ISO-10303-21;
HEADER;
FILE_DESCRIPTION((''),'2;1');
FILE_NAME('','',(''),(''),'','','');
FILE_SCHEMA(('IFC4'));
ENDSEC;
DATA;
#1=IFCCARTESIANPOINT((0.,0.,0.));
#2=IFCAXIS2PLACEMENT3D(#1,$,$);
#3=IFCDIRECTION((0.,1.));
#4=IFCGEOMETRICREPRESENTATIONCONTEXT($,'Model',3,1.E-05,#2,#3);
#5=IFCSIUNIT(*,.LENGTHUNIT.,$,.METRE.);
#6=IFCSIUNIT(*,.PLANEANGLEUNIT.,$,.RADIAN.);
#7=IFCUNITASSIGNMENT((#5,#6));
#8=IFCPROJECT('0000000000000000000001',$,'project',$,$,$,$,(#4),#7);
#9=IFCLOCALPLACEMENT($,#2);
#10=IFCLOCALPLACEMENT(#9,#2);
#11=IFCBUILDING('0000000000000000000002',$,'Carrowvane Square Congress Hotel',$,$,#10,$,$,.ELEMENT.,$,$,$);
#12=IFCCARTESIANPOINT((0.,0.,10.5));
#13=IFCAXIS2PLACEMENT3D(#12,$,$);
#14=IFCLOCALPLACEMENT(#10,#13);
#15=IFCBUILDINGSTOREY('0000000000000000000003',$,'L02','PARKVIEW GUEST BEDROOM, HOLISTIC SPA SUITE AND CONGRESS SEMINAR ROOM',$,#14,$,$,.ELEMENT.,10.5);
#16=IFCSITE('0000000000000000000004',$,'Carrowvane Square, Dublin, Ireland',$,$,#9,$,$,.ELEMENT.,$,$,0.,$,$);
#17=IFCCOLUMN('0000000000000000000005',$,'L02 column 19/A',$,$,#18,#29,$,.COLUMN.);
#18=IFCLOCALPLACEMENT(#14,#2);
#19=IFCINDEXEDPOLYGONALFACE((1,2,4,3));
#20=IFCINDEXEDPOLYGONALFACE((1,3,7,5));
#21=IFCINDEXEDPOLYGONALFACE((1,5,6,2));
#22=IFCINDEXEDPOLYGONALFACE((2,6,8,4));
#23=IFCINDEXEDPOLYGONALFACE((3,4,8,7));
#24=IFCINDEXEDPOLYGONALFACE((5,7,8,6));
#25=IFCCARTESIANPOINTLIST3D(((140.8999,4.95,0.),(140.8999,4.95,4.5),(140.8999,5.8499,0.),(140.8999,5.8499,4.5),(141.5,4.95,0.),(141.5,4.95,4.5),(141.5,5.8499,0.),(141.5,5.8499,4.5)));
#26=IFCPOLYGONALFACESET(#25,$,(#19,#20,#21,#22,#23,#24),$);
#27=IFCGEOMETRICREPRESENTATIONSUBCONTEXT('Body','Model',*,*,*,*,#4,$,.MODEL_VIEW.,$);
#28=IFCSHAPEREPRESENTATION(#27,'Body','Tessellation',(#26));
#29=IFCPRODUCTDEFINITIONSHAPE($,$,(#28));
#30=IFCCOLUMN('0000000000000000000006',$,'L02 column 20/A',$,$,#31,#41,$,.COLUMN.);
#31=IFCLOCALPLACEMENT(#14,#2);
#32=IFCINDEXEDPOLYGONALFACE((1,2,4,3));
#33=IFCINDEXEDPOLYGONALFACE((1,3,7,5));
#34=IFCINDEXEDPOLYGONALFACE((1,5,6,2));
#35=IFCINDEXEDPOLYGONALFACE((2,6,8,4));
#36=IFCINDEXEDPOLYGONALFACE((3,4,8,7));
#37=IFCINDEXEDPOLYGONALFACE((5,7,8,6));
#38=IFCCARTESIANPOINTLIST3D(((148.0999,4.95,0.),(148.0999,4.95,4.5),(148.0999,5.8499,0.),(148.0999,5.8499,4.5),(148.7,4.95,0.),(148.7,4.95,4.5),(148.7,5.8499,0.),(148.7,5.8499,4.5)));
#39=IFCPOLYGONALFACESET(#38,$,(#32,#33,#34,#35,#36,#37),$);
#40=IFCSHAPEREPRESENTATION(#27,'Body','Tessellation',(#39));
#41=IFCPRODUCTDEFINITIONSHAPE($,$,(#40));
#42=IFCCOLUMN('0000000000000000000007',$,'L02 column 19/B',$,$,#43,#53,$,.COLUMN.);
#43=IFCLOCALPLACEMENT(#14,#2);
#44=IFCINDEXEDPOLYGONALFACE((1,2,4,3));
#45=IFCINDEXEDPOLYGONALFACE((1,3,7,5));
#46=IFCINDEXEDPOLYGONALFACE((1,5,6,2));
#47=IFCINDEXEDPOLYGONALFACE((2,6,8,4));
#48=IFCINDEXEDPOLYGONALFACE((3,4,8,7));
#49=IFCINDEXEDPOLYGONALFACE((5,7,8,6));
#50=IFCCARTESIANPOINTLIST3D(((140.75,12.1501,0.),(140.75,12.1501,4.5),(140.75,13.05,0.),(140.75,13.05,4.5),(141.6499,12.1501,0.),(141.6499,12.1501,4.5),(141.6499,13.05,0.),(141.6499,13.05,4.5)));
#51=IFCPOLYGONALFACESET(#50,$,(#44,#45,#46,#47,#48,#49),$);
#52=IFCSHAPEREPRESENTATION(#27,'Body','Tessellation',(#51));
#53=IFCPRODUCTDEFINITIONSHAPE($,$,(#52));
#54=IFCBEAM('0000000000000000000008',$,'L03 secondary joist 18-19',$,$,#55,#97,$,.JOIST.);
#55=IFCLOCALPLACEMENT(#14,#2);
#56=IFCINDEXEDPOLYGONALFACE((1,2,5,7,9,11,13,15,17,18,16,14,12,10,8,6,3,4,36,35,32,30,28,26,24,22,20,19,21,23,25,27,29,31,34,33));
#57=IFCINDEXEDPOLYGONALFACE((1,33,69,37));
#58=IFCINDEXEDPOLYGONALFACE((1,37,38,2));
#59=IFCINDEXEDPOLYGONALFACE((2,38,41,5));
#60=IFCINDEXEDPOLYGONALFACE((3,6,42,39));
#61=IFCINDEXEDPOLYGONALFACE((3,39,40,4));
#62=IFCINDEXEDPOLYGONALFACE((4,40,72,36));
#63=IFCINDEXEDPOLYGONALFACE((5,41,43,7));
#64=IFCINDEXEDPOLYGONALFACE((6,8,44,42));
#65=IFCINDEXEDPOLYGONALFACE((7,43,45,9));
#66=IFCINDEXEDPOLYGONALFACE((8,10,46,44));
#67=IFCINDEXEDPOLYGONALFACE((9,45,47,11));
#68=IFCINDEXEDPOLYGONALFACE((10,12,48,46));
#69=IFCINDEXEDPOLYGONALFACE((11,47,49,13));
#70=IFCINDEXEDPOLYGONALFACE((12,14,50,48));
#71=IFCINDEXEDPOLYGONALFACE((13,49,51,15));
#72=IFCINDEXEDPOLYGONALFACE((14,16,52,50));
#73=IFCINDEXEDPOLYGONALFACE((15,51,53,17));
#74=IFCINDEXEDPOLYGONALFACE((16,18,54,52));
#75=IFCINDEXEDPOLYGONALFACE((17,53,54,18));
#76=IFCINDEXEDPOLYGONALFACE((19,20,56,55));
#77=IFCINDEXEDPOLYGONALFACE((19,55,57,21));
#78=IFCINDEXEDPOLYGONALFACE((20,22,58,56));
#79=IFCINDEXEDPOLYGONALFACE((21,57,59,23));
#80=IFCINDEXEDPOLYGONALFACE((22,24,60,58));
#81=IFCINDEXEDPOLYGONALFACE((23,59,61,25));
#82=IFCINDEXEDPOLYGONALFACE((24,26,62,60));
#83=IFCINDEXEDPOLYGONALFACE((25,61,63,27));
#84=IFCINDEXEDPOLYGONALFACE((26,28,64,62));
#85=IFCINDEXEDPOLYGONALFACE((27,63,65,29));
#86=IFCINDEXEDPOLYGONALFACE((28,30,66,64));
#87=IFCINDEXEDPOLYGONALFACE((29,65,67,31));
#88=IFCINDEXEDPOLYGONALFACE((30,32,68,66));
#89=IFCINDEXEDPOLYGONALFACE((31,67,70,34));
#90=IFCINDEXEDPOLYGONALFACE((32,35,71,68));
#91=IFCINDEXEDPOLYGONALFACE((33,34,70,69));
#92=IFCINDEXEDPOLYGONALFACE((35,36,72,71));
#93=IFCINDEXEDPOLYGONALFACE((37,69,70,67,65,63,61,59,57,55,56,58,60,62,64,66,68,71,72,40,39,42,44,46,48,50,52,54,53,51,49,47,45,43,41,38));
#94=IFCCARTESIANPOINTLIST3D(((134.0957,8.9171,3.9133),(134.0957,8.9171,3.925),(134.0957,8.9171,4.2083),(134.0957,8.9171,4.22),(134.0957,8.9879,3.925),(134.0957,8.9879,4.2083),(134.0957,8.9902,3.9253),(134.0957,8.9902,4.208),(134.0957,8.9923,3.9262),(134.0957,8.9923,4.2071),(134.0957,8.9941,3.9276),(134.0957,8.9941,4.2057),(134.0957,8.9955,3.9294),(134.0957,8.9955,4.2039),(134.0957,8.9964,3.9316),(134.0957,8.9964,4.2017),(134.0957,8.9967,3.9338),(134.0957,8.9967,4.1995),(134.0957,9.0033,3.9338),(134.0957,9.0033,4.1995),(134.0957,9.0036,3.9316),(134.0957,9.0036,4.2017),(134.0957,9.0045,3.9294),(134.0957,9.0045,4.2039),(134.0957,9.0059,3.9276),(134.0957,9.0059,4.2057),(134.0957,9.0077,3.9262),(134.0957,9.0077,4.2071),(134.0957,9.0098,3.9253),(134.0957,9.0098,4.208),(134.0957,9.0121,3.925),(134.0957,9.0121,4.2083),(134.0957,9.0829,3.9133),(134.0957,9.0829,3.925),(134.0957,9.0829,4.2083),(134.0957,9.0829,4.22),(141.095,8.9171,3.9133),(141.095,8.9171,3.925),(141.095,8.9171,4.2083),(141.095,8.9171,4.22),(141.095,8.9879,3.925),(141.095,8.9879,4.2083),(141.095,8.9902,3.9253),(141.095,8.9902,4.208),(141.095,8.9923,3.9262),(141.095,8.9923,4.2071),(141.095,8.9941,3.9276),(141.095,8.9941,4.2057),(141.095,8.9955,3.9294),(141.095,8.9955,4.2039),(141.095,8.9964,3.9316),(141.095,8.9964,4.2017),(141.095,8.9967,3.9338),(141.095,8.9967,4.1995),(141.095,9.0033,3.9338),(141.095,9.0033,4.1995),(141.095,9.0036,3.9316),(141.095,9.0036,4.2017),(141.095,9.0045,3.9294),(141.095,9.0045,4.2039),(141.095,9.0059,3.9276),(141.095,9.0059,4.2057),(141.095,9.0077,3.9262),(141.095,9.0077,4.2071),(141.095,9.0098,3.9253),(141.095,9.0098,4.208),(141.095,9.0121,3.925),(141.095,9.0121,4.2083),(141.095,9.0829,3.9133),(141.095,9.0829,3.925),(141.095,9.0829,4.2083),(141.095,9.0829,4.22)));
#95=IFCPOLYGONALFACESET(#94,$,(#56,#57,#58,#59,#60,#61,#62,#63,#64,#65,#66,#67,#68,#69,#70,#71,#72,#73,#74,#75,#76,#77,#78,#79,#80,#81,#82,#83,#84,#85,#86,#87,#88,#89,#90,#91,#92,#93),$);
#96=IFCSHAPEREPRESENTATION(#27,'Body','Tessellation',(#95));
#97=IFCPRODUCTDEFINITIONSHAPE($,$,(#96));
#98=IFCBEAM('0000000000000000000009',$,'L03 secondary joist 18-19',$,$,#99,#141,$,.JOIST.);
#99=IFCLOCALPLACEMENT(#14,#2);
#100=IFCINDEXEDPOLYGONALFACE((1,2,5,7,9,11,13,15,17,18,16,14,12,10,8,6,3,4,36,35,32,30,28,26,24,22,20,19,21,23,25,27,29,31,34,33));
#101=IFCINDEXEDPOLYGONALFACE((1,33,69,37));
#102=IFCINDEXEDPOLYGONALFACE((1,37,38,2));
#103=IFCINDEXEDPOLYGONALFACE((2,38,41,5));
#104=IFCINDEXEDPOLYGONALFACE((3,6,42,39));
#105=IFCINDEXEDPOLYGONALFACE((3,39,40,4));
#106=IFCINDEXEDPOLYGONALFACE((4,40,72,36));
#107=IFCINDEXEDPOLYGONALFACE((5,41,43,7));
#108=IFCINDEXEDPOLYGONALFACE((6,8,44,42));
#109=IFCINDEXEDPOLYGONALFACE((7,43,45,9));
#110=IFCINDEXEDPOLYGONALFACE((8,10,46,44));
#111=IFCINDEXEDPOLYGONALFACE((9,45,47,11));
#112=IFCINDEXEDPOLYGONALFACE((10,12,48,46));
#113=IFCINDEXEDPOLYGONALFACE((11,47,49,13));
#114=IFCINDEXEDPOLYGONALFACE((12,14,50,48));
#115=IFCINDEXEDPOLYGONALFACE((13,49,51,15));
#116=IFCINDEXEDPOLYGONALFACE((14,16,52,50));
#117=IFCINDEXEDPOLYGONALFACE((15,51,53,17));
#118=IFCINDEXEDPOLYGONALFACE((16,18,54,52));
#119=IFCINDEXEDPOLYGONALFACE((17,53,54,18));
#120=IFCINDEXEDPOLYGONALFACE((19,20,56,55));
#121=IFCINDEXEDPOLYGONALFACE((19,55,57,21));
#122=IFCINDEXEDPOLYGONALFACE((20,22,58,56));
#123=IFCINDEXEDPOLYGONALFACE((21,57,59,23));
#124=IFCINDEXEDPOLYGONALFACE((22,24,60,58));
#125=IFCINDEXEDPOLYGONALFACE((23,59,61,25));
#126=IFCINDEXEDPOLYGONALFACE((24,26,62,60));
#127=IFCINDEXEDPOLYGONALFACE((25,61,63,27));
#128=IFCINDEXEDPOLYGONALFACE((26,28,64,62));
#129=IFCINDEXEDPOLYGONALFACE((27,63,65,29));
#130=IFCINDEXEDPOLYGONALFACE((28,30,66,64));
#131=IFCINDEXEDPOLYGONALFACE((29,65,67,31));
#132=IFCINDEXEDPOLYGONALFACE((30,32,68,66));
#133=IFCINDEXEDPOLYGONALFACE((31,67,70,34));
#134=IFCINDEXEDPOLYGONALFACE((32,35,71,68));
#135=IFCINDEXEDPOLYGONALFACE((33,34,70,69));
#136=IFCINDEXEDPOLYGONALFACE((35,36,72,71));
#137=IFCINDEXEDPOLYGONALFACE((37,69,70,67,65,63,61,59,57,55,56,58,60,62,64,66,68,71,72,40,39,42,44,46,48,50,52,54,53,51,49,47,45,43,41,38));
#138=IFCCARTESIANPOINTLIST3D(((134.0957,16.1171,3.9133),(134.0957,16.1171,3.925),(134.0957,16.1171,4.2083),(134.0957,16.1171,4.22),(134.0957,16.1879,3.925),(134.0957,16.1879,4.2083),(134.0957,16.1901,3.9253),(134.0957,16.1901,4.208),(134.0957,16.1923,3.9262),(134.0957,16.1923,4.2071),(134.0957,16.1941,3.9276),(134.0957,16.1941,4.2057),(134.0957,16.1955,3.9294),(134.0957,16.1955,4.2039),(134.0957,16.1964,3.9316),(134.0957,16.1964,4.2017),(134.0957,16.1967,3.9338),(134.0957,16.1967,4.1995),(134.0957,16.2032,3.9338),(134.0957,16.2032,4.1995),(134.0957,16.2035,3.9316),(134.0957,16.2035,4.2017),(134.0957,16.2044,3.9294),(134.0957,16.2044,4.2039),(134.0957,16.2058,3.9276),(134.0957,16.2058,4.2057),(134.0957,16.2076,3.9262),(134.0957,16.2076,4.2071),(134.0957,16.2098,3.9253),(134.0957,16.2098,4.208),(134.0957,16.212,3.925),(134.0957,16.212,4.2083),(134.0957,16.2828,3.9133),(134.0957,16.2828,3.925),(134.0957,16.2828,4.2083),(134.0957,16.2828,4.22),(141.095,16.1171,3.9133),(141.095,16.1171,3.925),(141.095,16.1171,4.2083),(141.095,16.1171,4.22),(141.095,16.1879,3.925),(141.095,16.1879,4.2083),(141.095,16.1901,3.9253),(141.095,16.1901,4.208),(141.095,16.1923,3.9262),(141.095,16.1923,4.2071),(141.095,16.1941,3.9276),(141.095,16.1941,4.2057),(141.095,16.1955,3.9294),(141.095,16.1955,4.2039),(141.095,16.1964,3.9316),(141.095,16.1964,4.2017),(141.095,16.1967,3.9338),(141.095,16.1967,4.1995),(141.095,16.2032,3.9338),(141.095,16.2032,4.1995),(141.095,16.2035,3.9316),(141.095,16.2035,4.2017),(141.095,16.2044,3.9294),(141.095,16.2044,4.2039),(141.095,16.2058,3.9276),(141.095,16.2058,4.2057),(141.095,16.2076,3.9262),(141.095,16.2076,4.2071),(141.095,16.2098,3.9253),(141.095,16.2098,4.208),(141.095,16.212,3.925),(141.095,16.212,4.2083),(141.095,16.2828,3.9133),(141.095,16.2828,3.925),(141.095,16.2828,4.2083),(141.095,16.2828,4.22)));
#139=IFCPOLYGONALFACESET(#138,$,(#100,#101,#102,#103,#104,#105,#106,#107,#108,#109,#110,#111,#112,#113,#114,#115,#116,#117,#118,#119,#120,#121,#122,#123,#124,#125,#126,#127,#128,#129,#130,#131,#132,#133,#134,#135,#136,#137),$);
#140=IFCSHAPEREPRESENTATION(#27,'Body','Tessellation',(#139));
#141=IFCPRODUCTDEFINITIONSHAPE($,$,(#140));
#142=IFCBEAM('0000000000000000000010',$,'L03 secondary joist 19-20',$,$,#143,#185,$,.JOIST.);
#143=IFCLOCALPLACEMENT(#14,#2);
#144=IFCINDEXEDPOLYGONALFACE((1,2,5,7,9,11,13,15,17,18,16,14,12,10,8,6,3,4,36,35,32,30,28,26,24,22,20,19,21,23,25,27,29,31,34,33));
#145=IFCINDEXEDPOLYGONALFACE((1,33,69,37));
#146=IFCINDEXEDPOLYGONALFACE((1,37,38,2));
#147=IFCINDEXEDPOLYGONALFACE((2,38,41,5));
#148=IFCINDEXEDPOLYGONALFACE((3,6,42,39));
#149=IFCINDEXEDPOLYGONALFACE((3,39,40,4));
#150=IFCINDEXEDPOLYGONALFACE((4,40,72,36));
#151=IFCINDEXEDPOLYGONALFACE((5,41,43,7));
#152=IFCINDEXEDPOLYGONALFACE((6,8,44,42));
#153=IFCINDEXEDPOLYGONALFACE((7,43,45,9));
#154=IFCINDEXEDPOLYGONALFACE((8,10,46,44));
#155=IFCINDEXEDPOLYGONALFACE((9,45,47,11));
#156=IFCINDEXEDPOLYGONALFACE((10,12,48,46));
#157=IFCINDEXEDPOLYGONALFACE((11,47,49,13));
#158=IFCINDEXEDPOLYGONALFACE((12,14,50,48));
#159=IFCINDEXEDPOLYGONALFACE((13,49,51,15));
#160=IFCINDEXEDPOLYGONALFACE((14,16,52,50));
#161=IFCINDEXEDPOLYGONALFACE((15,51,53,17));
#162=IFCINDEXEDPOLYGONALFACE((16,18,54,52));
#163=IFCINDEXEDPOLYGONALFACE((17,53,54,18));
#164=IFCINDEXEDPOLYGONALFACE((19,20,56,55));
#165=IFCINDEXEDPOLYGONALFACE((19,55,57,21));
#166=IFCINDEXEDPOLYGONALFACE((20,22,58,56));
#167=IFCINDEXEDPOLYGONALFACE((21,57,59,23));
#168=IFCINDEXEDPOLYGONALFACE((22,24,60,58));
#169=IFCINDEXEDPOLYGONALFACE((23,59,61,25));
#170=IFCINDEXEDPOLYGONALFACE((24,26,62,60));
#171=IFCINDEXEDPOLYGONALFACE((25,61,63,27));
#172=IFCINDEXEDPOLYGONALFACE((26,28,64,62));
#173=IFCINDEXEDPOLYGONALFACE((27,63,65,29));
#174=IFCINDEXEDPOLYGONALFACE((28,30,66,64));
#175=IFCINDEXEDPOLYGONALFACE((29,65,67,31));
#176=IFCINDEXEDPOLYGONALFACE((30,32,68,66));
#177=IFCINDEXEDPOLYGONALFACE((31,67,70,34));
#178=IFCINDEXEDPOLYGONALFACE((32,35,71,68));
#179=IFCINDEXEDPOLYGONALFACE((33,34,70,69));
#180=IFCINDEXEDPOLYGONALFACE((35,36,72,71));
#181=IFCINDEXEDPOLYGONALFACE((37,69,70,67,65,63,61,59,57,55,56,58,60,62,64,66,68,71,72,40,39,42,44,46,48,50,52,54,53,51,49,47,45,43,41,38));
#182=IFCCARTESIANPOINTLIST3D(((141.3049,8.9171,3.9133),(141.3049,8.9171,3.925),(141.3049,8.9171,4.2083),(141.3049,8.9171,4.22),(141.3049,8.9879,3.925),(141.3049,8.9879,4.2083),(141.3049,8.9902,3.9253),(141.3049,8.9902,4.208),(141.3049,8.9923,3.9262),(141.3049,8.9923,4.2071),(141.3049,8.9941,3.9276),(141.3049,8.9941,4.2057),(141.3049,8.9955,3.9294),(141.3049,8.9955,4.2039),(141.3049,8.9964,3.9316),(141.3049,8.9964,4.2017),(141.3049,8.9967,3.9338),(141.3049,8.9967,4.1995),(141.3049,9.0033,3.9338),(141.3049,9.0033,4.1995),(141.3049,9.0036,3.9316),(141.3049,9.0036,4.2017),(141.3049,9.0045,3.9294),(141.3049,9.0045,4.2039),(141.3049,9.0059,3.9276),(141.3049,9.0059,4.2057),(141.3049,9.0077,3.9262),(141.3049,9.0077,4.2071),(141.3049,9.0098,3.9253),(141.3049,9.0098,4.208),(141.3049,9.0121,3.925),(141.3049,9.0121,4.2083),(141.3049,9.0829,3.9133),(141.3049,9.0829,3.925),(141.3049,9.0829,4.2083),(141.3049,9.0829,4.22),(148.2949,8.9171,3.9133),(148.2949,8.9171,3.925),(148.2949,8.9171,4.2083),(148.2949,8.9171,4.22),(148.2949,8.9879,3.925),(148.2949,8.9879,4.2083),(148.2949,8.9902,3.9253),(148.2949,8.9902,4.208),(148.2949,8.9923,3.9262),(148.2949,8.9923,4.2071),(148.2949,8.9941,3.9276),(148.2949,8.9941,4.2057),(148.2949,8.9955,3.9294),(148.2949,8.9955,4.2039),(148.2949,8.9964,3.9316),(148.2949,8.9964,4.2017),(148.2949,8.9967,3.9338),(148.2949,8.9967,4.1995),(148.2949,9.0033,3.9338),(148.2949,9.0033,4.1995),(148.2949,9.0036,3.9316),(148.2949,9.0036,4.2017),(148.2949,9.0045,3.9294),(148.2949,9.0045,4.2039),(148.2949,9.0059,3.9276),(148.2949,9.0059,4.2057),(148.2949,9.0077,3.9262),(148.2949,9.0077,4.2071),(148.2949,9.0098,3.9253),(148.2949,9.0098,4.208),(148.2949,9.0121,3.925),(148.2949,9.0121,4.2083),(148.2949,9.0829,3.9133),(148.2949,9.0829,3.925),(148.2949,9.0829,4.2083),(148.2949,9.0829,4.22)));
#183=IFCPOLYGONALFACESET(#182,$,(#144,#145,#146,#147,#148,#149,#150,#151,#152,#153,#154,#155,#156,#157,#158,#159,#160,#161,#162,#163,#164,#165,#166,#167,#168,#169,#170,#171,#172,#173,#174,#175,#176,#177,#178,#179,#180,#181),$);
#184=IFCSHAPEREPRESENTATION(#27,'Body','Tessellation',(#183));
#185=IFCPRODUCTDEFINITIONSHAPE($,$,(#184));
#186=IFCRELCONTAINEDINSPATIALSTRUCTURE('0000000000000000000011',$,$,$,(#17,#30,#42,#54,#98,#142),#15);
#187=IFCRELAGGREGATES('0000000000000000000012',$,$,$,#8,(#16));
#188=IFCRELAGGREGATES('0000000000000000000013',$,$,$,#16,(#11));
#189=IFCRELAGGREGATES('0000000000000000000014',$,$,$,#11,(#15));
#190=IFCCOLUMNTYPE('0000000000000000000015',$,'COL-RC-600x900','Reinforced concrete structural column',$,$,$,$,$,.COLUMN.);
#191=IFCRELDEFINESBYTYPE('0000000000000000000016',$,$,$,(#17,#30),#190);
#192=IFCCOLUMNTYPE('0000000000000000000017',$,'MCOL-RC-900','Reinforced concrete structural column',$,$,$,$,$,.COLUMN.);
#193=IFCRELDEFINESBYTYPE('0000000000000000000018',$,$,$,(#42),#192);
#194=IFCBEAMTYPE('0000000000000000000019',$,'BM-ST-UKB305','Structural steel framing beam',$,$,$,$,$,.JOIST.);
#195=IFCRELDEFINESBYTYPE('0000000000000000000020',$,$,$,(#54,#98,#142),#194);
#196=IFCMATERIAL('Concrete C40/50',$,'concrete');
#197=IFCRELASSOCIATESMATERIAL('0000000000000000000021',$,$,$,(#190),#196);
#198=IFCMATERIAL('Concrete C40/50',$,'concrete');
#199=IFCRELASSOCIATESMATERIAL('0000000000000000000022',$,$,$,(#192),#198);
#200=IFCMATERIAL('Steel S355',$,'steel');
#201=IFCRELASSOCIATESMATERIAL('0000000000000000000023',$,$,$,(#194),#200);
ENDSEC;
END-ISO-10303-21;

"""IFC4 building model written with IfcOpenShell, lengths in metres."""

from ifc_helpers import new_model, si_unit, direction, frame, origin, origin_2d, place, context, subcontext, project, spatial, rectangle, i_section, extrude, material, material_profile, profile_set, type_object, element, save


model = new_model("IFC4")

# Units and contexts
model_context = context("Model", 3, precision=1e-05, world=origin(), true_north=direction((0.0, 1.0)))
body_context = subcontext(model_context, "Body", "Model", "MODEL_VIEW")
ifc_project = project(units=[si_unit("LENGTHUNIT", "METRE"), si_unit("PLANEANGLEUNIT", "RADIAN")], contexts=[model_context])

# Site, building, storey
site_placement = place(None, origin())
site = spatial("IfcSite", under=ifc_project, at=site_placement, Name="Carrowvane Square, Dublin, Ireland", CompositionType="ELEMENT", RefElevation=0.0)
building_placement = place(site_placement, origin())
building = spatial("IfcBuilding", under=site, at=building_placement, Name="Carrowvane Square Congress Hotel", CompositionType="ELEMENT")
storey_placement = place(building_placement, frame((0.0, 0.0, 10.5)))
storey = spatial("IfcBuildingStorey", under=building, at=storey_placement, Name="L02", Description="PARKVIEW GUEST BEDROOM, HOLISTIC SPA SUITE AND CONGRESS SEMINAR ROOM", CompositionType="ELEMENT", Elevation=10.5)

# Columns
ifc_material_1 = material(Name="Concrete C40/50", Category="concrete")
ifc_material_profile_1 = material_profile(ifc_material_1, rectangle(XDim=0.6001, YDim=0.8999, at=origin_2d()), Name="RC 600x900")
ifc_profile_set_1 = profile_set([ifc_material_profile_1], Name="Concrete C40/50")
column_type_1 = type_object("IfcColumnType", Name="COL-RC-600x900", Description="Reinforced concrete structural column", PredefinedType="COLUMN", material=ifc_profile_set_1)
for number, where, z_axis, x_axis, name in (
    (1, (141.2, 5.3999, 0.0), (0.0, 0.0, 1.0), (1.0, 0.0, 0.0), "L02 column 19/A"),
    (2, (148.3999, 5.3999, 0.0), (0.0, 0.0, 1.0), (1.0, 0.0, 0.0), "L02 column 20/A"),
):
    element("IfcColumn", number, at=place(storey_placement, frame(where, z_axis=z_axis, x_axis=x_axis)), inside=storey, type_object=column_type_1, Name=name, PredefinedType="COLUMN", context=body_context, shape_type="SweptSolid", body=[
        extrude(rectangle(XDim=0.6001, YDim=0.8999, at=origin_2d()), origin(), (0.0, 0.0, 1.0), 4.5),
    ])
ifc_material_2 = material(Name="Concrete C40/50", Category="concrete")
ifc_material_profile_2 = material_profile(ifc_material_2, rectangle(XDim=0.8999, YDim=0.8999, at=origin_2d()), Name="RC 900x900")
ifc_profile_set_2 = profile_set([ifc_material_profile_2], Name="Concrete C40/50")
column_type_2 = type_object("IfcColumnType", Name="MCOL-RC-900", Description="Reinforced concrete structural column", PredefinedType="COLUMN", material=ifc_profile_set_2)
column_placement = place(storey_placement, frame((141.2, 12.6001, 0.0), z_axis=(0.0, 0.0, 1.0), x_axis=(1.0, 0.0, 0.0)))
element("IfcColumn", 3, at=column_placement, inside=storey, type_object=column_type_2, Name="L02 column 19/B", PredefinedType="COLUMN", context=body_context, shape_type="SweptSolid", body=[
    extrude(rectangle(XDim=0.8999, YDim=0.8999, at=origin_2d()), origin(), (0.0, 0.0, 1.0), 4.5),
])

# Beams
ifc_material_3 = material(Name="Steel S355", Category="steel")
ifc_material_profile_3 = material_profile(ifc_material_3, i_section(OverallWidth=0.1658, OverallDepth=0.3066, WebThickness=0.0066, FlangeThickness=0.0117, FilletRadius=0.0088, at=origin_2d()), Name="UKB 305x165x46")
ifc_profile_set_3 = profile_set([ifc_material_profile_3], Name="Steel S355")
beam_type_1 = type_object("IfcBeamType", Name="BM-ST-UKB305", Description="Structural steel framing beam", PredefinedType="JOIST", material=ifc_profile_set_3)
for number, where, z_axis, x_axis, name in (
    (4, (134.0957, 9.0, 4.0667), (1.0, 0.0, 0.0), (0.0, 1.0, 0.0), "L03 secondary joist 18-19"),
    (5, (134.0957, 16.2, 4.0667), (1.0, 0.0, 0.0), (0.0, 1.0, 0.0), "L03 secondary joist 18-19"),
):
    element("IfcBeam", number, at=place(storey_placement, frame(where, z_axis=z_axis, x_axis=x_axis)), inside=storey, type_object=beam_type_1, Name=name, PredefinedType="JOIST", context=body_context, shape_type="SweptSolid", body=[
        extrude(i_section(OverallWidth=0.1658, OverallDepth=0.3066, WebThickness=0.0066, FlangeThickness=0.0117, FilletRadius=0.0088, at=origin_2d()), origin(), (0.0, 0.0, 1.0), 6.9993),
    ])
beam_1_placement = place(storey_placement, frame((141.3049, 9.0, 4.0667), z_axis=(1.0, 0.0, 0.0), x_axis=(0.0, 1.0, 0.0)))
element("IfcBeam", 6, at=beam_1_placement, inside=storey, type_object=beam_type_1, Name="L03 secondary joist 19-20", PredefinedType="JOIST", context=body_context, shape_type="SweptSolid", body=[
    extrude(i_section(OverallWidth=0.1658, OverallDepth=0.3066, WebThickness=0.0066, FlangeThickness=0.0117, FilletRadius=0.0088, at=origin_2d()), origin(), (0.0, 0.0, 1.0), 6.99),
])

save(model, "model.ifc")
